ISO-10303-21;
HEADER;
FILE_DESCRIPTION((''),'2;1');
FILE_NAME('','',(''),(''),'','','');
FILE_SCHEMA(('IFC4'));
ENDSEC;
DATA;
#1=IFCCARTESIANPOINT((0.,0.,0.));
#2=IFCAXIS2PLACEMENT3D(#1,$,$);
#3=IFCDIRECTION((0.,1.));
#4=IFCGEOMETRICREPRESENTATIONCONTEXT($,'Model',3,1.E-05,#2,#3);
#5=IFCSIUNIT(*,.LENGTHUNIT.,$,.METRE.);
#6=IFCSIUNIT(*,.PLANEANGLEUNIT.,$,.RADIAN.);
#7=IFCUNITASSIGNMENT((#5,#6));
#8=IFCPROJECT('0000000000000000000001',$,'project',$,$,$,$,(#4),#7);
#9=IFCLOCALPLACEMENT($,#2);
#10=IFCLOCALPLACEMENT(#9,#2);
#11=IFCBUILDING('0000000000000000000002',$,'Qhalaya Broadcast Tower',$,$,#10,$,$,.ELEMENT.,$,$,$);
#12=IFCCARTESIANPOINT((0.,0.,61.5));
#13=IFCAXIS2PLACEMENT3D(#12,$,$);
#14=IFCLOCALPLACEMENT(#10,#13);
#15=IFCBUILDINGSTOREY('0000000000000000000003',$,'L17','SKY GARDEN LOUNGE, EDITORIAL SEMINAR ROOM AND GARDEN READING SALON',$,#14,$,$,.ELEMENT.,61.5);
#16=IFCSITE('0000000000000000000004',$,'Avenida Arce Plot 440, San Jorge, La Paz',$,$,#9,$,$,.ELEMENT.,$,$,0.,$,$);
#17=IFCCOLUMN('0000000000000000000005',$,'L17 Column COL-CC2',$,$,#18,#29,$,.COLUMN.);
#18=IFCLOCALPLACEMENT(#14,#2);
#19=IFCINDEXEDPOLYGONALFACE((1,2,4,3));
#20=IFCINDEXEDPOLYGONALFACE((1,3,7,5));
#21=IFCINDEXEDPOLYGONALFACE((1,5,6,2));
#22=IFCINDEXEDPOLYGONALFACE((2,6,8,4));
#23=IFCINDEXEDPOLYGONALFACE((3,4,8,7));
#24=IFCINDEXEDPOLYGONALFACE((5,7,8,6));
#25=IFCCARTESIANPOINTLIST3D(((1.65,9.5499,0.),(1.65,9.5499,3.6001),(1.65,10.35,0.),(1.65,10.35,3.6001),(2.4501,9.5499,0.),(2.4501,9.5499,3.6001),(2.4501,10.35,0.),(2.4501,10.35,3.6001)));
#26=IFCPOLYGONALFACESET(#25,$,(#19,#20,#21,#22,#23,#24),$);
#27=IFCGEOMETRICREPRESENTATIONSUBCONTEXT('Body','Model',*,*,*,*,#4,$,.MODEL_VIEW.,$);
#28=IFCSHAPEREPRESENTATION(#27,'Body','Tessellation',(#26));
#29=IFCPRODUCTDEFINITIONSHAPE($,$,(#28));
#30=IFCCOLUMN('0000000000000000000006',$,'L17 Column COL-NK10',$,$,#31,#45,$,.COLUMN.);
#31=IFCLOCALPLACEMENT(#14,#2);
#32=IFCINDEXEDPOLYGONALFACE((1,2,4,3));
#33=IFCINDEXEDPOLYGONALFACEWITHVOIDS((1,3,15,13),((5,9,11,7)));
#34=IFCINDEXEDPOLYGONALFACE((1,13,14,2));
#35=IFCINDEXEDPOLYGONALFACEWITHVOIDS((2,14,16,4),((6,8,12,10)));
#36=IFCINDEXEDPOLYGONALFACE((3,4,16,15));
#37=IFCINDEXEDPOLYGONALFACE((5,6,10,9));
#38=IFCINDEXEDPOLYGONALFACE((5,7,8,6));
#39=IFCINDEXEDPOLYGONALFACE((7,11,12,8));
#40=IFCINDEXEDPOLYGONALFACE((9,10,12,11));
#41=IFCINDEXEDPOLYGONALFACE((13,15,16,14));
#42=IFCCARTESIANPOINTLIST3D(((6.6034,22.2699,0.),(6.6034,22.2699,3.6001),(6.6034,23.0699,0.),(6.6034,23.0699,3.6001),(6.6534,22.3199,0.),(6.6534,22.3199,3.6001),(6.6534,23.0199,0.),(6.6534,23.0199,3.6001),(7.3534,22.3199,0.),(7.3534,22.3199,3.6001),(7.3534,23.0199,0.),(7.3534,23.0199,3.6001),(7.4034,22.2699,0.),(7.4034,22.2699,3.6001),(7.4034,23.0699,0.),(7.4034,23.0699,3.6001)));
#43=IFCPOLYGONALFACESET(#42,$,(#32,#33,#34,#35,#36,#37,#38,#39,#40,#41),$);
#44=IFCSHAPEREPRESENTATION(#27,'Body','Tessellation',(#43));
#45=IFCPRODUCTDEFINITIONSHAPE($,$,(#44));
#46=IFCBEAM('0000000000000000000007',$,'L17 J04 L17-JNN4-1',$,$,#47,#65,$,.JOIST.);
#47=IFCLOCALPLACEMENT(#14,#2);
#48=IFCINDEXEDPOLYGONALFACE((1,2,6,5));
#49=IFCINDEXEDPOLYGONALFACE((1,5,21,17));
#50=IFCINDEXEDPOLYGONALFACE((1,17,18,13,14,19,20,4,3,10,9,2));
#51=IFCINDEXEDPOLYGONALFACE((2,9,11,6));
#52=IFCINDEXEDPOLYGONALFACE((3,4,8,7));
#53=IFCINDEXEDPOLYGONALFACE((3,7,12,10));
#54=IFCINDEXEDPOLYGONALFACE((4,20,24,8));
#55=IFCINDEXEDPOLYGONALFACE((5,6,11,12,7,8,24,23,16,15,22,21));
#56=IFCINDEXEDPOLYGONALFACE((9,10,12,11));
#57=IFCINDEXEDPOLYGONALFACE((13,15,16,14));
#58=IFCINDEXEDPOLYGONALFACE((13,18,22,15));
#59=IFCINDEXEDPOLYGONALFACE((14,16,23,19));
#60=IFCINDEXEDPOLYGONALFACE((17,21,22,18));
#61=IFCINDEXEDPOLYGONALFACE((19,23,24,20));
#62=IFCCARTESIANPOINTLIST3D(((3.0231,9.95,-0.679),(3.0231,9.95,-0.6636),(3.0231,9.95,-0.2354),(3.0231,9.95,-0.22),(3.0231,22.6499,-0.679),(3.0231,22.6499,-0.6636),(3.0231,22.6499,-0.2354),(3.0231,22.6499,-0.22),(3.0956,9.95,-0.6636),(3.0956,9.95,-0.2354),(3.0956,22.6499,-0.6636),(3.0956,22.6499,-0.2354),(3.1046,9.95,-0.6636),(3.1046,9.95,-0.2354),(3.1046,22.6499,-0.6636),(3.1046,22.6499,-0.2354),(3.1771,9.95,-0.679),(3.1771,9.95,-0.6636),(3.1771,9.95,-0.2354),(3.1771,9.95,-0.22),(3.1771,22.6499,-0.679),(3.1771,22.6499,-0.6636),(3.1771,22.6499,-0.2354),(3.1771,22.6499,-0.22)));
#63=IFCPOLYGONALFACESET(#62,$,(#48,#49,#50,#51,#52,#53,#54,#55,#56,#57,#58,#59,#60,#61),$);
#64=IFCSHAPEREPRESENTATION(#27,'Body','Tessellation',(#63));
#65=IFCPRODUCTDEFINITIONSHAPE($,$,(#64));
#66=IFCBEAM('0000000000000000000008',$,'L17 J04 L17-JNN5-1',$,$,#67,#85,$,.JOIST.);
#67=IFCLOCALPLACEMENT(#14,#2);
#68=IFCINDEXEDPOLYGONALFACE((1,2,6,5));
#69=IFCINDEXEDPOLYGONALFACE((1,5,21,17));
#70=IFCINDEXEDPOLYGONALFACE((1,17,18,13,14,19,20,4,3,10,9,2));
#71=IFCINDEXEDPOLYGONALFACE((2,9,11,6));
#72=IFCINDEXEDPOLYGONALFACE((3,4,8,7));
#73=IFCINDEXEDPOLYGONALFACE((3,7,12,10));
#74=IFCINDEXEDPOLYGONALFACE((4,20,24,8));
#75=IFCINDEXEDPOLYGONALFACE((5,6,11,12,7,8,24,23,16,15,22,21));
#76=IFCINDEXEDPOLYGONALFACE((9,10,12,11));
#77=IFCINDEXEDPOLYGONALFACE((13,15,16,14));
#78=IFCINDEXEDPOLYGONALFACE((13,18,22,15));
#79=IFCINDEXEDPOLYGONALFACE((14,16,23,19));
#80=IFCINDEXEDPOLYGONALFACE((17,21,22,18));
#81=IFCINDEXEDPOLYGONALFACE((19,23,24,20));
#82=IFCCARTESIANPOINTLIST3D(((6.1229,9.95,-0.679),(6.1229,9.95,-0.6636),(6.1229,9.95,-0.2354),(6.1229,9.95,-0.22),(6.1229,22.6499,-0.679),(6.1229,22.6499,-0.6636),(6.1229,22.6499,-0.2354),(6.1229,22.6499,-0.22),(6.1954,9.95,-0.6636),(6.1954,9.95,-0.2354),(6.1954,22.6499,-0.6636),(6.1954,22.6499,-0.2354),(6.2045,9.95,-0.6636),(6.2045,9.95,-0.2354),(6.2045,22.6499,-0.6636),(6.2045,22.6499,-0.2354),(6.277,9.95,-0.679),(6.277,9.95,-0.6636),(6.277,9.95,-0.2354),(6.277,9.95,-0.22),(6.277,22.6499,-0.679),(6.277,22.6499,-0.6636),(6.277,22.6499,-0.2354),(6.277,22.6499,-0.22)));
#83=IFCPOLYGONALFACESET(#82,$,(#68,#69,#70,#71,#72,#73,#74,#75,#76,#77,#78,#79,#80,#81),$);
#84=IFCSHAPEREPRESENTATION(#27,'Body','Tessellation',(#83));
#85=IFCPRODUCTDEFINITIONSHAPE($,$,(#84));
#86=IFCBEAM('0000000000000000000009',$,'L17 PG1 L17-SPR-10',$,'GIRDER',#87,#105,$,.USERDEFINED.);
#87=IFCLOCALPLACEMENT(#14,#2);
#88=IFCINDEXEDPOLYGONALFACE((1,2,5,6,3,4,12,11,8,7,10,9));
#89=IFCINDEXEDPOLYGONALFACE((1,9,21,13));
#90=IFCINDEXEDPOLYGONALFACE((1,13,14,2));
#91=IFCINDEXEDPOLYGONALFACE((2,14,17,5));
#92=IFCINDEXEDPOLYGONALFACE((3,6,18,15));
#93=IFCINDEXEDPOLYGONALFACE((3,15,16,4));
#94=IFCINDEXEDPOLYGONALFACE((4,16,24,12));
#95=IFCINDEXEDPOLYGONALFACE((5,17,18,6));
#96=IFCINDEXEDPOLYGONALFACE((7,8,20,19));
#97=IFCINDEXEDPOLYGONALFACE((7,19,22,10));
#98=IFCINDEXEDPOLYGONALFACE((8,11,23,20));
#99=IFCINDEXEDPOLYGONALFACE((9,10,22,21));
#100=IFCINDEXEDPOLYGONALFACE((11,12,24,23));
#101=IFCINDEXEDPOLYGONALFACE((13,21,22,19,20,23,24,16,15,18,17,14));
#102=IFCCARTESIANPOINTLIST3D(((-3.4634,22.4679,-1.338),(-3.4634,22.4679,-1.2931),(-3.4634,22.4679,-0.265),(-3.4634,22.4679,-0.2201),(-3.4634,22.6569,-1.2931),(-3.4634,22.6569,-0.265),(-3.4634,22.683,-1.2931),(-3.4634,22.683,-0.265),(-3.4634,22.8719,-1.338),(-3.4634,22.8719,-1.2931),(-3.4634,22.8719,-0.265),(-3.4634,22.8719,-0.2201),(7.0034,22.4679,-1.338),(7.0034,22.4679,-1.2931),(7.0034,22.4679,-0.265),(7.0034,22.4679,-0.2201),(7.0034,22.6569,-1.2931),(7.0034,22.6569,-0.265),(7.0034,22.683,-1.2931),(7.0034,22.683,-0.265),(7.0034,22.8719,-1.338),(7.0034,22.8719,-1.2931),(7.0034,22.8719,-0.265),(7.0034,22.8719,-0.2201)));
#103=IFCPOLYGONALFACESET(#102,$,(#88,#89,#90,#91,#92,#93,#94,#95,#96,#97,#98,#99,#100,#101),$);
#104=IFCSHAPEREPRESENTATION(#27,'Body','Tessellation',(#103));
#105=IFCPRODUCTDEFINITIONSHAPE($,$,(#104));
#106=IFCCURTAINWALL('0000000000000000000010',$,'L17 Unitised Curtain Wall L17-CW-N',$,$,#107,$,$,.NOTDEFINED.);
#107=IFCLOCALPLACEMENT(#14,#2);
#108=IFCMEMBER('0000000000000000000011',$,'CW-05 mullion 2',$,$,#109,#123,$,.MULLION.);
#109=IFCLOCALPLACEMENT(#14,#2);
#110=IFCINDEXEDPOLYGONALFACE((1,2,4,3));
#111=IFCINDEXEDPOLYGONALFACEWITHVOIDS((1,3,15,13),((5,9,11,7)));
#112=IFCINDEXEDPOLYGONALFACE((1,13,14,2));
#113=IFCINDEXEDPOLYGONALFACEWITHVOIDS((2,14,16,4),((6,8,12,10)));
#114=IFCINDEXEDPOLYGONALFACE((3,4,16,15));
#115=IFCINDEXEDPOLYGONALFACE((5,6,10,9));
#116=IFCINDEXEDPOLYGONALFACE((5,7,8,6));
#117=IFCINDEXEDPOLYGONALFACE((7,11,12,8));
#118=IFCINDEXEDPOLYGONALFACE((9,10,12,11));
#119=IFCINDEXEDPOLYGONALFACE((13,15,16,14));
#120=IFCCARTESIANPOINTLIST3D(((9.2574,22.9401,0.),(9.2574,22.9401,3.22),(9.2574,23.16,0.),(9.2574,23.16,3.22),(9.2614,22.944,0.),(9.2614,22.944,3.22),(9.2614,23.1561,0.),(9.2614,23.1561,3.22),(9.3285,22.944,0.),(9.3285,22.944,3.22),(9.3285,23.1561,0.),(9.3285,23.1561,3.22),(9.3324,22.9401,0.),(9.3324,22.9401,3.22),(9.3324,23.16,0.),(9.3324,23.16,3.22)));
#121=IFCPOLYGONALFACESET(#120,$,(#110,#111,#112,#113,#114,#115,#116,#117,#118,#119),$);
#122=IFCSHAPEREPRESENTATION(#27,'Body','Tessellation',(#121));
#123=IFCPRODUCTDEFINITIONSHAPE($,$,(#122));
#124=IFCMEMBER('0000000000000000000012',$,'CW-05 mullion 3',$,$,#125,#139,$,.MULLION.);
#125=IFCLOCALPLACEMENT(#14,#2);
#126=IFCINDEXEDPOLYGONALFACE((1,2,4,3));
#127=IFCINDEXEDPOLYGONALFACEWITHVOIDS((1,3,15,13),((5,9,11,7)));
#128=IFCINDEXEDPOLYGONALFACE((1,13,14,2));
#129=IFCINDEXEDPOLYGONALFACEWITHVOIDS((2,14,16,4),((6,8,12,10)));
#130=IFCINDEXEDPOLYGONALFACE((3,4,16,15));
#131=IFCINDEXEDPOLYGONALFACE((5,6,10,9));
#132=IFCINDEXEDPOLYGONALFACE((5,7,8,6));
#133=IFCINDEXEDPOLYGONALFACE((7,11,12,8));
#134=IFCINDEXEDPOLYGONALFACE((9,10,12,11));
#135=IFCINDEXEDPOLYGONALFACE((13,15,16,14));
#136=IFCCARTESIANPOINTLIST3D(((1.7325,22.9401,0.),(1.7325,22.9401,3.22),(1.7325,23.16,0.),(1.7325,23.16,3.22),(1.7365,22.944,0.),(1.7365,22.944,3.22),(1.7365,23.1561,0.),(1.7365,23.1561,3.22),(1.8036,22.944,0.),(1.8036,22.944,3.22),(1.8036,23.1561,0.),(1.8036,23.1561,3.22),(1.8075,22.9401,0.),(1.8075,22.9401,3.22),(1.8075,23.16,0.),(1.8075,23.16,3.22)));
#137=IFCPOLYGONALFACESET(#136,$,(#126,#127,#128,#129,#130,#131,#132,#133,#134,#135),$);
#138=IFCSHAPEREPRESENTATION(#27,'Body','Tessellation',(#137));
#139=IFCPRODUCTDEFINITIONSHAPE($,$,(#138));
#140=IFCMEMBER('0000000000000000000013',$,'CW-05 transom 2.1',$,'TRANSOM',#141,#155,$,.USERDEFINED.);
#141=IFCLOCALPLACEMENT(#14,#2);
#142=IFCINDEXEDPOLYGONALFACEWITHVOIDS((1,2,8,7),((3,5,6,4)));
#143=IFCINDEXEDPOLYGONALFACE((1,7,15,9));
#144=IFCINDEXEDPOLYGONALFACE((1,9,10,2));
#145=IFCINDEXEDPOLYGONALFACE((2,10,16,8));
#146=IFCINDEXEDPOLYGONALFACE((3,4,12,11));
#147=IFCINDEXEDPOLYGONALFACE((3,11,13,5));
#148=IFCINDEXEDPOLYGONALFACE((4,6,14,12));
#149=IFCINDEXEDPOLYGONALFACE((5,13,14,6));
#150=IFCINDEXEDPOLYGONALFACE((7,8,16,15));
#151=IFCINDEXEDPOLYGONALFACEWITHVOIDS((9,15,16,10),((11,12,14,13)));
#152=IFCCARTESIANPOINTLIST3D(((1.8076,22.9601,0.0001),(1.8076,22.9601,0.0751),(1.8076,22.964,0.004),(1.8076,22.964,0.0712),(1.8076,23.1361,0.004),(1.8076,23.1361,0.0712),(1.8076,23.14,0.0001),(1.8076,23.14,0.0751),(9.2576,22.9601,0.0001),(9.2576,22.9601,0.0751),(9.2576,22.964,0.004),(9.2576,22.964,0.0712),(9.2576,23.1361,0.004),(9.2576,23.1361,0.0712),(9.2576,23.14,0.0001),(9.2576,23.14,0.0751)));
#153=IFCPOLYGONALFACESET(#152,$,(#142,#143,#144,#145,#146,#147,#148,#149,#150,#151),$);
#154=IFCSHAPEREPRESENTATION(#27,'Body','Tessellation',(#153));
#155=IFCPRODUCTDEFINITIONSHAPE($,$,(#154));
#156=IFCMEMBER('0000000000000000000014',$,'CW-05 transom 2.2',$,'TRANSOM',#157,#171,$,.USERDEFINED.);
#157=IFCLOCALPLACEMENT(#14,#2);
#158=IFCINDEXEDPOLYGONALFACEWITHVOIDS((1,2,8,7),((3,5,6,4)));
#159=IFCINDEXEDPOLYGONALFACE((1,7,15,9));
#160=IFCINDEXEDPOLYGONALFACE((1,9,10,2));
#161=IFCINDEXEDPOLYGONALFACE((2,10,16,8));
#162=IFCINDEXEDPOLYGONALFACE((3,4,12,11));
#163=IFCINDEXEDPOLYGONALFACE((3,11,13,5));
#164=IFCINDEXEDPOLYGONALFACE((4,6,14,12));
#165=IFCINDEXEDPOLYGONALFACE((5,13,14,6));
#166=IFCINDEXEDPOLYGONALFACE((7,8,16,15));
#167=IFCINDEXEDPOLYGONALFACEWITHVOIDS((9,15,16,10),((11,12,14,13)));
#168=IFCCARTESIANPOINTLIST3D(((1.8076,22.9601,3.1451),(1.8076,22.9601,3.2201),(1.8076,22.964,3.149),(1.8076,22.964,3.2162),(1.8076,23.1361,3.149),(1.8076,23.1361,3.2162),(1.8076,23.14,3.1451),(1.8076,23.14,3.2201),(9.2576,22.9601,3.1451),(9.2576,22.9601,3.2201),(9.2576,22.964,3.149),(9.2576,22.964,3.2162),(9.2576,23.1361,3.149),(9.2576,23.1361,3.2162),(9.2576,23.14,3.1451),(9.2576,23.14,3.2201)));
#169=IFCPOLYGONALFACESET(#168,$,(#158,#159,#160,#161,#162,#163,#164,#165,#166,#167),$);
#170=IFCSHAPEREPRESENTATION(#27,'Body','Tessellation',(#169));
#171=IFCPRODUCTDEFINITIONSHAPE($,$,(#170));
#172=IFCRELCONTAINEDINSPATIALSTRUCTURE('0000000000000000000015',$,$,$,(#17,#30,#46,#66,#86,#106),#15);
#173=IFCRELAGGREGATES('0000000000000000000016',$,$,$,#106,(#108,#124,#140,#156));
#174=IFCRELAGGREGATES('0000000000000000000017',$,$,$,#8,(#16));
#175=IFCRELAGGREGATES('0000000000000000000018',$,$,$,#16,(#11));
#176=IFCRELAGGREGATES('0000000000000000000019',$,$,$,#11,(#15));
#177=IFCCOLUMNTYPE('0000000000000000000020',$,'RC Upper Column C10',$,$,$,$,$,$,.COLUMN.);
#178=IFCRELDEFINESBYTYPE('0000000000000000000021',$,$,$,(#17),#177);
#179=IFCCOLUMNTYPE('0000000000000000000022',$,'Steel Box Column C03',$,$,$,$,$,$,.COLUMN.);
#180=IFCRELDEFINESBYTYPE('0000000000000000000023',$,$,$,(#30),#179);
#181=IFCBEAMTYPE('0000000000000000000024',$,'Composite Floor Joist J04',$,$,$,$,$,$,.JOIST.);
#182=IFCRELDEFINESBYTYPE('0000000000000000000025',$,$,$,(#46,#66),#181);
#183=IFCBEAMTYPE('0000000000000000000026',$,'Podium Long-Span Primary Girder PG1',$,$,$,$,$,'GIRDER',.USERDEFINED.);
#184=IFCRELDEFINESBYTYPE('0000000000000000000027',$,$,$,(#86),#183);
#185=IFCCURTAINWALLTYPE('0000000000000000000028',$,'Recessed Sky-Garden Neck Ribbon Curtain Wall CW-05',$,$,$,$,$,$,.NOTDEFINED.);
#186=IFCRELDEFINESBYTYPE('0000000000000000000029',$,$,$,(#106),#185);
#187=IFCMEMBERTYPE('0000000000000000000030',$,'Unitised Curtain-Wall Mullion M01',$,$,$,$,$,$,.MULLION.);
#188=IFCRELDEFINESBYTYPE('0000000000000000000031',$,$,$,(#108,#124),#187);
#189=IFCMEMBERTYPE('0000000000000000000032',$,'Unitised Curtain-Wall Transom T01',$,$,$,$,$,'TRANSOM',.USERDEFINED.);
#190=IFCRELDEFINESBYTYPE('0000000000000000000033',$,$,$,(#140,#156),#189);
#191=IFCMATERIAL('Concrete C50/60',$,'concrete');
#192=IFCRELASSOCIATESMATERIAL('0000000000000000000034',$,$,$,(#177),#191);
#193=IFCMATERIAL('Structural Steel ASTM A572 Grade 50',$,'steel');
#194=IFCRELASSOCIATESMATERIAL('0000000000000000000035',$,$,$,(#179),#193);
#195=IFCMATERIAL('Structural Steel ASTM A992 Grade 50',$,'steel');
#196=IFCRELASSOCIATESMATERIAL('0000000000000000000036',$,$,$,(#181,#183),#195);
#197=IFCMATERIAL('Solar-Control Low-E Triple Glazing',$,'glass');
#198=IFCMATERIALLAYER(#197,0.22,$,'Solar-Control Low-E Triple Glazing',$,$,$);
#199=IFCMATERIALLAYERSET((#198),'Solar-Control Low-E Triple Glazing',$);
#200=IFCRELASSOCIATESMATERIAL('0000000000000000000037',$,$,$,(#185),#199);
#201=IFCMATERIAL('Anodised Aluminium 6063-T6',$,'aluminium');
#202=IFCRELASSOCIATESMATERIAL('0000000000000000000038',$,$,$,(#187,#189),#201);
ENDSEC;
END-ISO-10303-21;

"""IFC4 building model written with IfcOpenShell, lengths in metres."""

from ifc_helpers import new_model, si_unit, direction, frame, origin, origin_2d, place, context, subcontext, project, spatial, rectangle, hollow_rectangle, i_section, extrude, material, layer, layer_set, material_profile, profile_set, type_object, element, aggregate, save


model = new_model("IFC4")

# Units and contexts
model_context = context("Model", 3, precision=1e-05, world=origin(), true_north=direction((0.0, 1.0)))
body_context = subcontext(model_context, "Body", "Model", "MODEL_VIEW")
ifc_project = project(units=[si_unit("LENGTHUNIT", "METRE"), si_unit("PLANEANGLEUNIT", "RADIAN")], contexts=[model_context])

# Site, building, storey
site_placement = place(None, origin())
site = spatial("IfcSite", under=ifc_project, at=site_placement, Name="Avenida Arce Plot 440, San Jorge, La Paz", CompositionType="ELEMENT", RefElevation=0.0)
building_placement = place(site_placement, origin())
building = spatial("IfcBuilding", under=site, at=building_placement, Name="Qhalaya Broadcast Tower", CompositionType="ELEMENT")
storey_placement = place(building_placement, frame((0.0, 0.0, 61.5)))
storey = spatial("IfcBuildingStorey", under=building, at=storey_placement, Name="L17", Description="SKY GARDEN LOUNGE, EDITORIAL SEMINAR ROOM AND GARDEN READING SALON", CompositionType="ELEMENT", Elevation=61.5)

# Columns
ifc_material_1 = material(Name="Concrete C50/60", Category="concrete")
ifc_material_profile_1 = material_profile(ifc_material_1, rectangle(XDim=0.8, YDim=0.8, at=origin_2d()), Name="RC-COL 800x800")
ifc_profile_set_1 = profile_set([ifc_material_profile_1], Name="Concrete C50/60")
column_type_1 = type_object("IfcColumnType", Name="RC Upper Column C10", PredefinedType="COLUMN", material=ifc_profile_set_1)
column_1_placement = place(storey_placement, frame((2.05, 9.95, 0.0), z_axis=(0.0, 0.0, 1.0), x_axis=(1.0, 0.0, 0.0)))
element("IfcColumn", 1, at=column_1_placement, inside=storey, type_object=column_type_1, Name="L17 Column COL-CC2", PredefinedType="COLUMN", context=body_context, shape_type="SweptSolid", body=[
    extrude(rectangle(XDim=0.8, YDim=0.8, at=origin_2d()), origin(), (0.0, 0.0, 1.0), 3.6001),
])
ifc_material_2 = material(Name="Structural Steel ASTM A572 Grade 50", Category="steel")
ifc_material_profile_2 = material_profile(ifc_material_2, hollow_rectangle(XDim=0.8, YDim=0.8, WallThickness=0.05, at=origin_2d()), Name="BOX 800x800x50")
ifc_profile_set_2 = profile_set([ifc_material_profile_2], Name="Structural Steel ASTM A572 Grade 50")
column_type_2 = type_object("IfcColumnType", Name="Steel Box Column C03", PredefinedType="COLUMN", material=ifc_profile_set_2)
column_2_placement = place(storey_placement, frame((7.0034, 22.6699, 0.0), z_axis=(0.0, 0.0, 1.0), x_axis=(1.0, 0.0, 0.0)))
element("IfcColumn", 2, at=column_2_placement, inside=storey, type_object=column_type_2, Name="L17 Column COL-NK10", PredefinedType="COLUMN", context=body_context, shape_type="SweptSolid", body=[
    extrude(hollow_rectangle(XDim=0.8, YDim=0.8, WallThickness=0.05, at=origin_2d()), origin(), (0.0, 0.0, 1.0), 3.6001),
])

# Beams
ifc_material_3 = material(Name="Structural Steel ASTM A992 Grade 50", Category="steel")
ifc_material_profile_3 = material_profile(ifc_material_3, i_section(OverallWidth=0.1541, OverallDepth=0.459, WebThickness=0.009, FlangeThickness=0.0154, at=origin_2d()), Name="W18X46")
ifc_profile_set_3 = profile_set([ifc_material_profile_3], Name="Structural Steel ASTM A992 Grade 50")
beam_type_1 = type_object("IfcBeamType", Name="Composite Floor Joist J04", PredefinedType="JOIST", material=ifc_profile_set_3)
for number, where, z_axis, x_axis, name in (
    (3, (3.1001, 9.95, -0.4495), (0.0, 1.0, 0.0), (-1.0, 0.0, 0.0), "L17 J04 L17-JNN4-1"),
    (4, (6.2, 9.95, -0.4495), (0.0, 1.0, 0.0), (-1.0, 0.0, 0.0), "L17 J04 L17-JNN5-1"),
):
    element("IfcBeam", number, at=place(storey_placement, frame(where, z_axis=z_axis, x_axis=x_axis)), inside=storey, type_object=beam_type_1, Name=name, PredefinedType="JOIST", context=body_context, shape_type="SweptSolid", body=[
        extrude(i_section(OverallWidth=0.1541, OverallDepth=0.459, WebThickness=0.009, FlangeThickness=0.0154, at=origin_2d()), origin(), (0.0, 0.0, 1.0), 12.7),
    ])
ifc_material_profile_4 = material_profile(ifc_material_3, i_section(OverallWidth=0.4041, OverallDepth=1.1179, WebThickness=0.0261, FlangeThickness=0.0449, at=origin_2d()), Name="W44X335")
ifc_profile_set_4 = profile_set([ifc_material_profile_4], Name="Structural Steel ASTM A992 Grade 50")
beam_type_2 = type_object("IfcBeamType", Name="Podium Long-Span Primary Girder PG1", ElementType="GIRDER", PredefinedType="USERDEFINED", material=ifc_profile_set_4)
beam_placement = place(storey_placement, frame((7.0034, 22.6699, -0.7791), z_axis=(-1.0, 0.0, 0.0), x_axis=(0.0, -1.0, 0.0)))
element("IfcBeam", 5, at=beam_placement, inside=storey, type_object=beam_type_2, Name="L17 PG1 L17-SPR-10", ObjectType="GIRDER", PredefinedType="USERDEFINED", context=body_context, shape_type="SweptSolid", body=[
    extrude(i_section(OverallWidth=0.4041, OverallDepth=1.1179, WebThickness=0.0261, FlangeThickness=0.0449, at=origin_2d()), origin(), (0.0, 0.0, 1.0), 10.4668),
])

# Curtain wall, members
ifc_material_4 = material(Name="Solar-Control Low-E Triple Glazing", Category="glass")
ifc_layer_1 = layer(ifc_material_4, 0.22, Name="Solar-Control Low-E Triple Glazing")
ifc_layer_set_1 = layer_set([ifc_layer_1], Name="Solar-Control Low-E Triple Glazing")
curtain_wall_type = type_object("IfcCurtainWallType", Name="Recessed Sky-Garden Neck Ribbon Curtain Wall CW-05", PredefinedType="NOTDEFINED", material=ifc_layer_set_1)
curtain_wall_placement = place(storey_placement, origin())
curtain_wall = element("IfcCurtainWall", 6, at=curtain_wall_placement, inside=storey, type_object=curtain_wall_type, Name="L17 Unitised Curtain Wall L17-CW-N", PredefinedType="NOTDEFINED")
ifc_material_5 = material(Name="Anodised Aluminium 6063-T6", Category="aluminium")
ifc_material_profile_5 = material_profile(ifc_material_5, hollow_rectangle(XDim=0.075, YDim=0.22, WallThickness=0.0039, at=origin_2d()), Name="ALU-MUL 75x220x4")
ifc_profile_set_5 = profile_set([ifc_material_profile_5], Name="Anodised Aluminium 6063-T6")
member_type_1 = type_object("IfcMemberType", Name="Unitised Curtain-Wall Mullion M01", PredefinedType="MULLION", material=ifc_profile_set_5)
member_1_placement = place(storey_placement, frame((9.2949, 23.05, 0.0), z_axis=(0.0, 0.0, 1.0), x_axis=(-1.0, 0.0, 0.0)))
member_1 = element("IfcMember", 7, at=member_1_placement, type_object=member_type_1, Name="CW-05 mullion 2", PredefinedType="MULLION", context=body_context, shape_type="SweptSolid", body=[
    extrude(hollow_rectangle(XDim=0.075, YDim=0.22, WallThickness=0.0039, at=origin_2d()), origin(), (0.0, 0.0, 1.0), 3.22),
])
member_2_placement = place(storey_placement, frame((1.77, 23.05, 0.0), z_axis=(0.0, 0.0, 1.0), x_axis=(-1.0, 0.0, 0.0)))
member_2 = element("IfcMember", 8, at=member_2_placement, type_object=member_type_1, Name="CW-05 mullion 3", PredefinedType="MULLION", context=body_context, shape_type="SweptSolid", body=[
    extrude(hollow_rectangle(XDim=0.075, YDim=0.22, WallThickness=0.0039, at=origin_2d()), origin(), (0.0, 0.0, 1.0), 3.22),
])
ifc_material_profile_6 = material_profile(ifc_material_5, hollow_rectangle(XDim=0.075, YDim=0.1799, WallThickness=0.0039, at=origin_2d()), Name="ALU-TRN 75x180x4")
ifc_profile_set_6 = profile_set([ifc_material_profile_6], Name="Anodised Aluminium 6063-T6")
member_type_2 = type_object("IfcMemberType", Name="Unitised Curtain-Wall Transom T01", ElementType="TRANSOM", PredefinedType="USERDEFINED", material=ifc_profile_set_6)
member_3_placement = place(storey_placement, frame((9.2576, 23.05, 0.0376), z_axis=(-1.0, 0.0, 0.0), x_axis=(0.0, 0.0, 1.0)))
member_3 = element("IfcMember", 9, at=member_3_placement, type_object=member_type_2, Name="CW-05 transom 2.1", ObjectType="TRANSOM", PredefinedType="USERDEFINED", context=body_context, shape_type="SweptSolid", body=[
    extrude(hollow_rectangle(XDim=0.075, YDim=0.1799, WallThickness=0.0039, at=origin_2d()), origin(), (0.0, 0.0, 1.0), 7.45),
])
member_4_placement = place(storey_placement, frame((9.2576, 23.05, 3.1826), z_axis=(-1.0, 0.0, 0.0), x_axis=(0.0, 0.0, 1.0)))
member_4 = element("IfcMember", 10, at=member_4_placement, type_object=member_type_2, Name="CW-05 transom 2.2", ObjectType="TRANSOM", PredefinedType="USERDEFINED", context=body_context, shape_type="SweptSolid", body=[
    extrude(hollow_rectangle(XDim=0.075, YDim=0.1799, WallThickness=0.0039, at=origin_2d()), origin(), (0.0, 0.0, 1.0), 7.45),
])

aggregate(curtain_wall, [member_1, member_2, member_3, member_4])

save(model, "model.ifc")
